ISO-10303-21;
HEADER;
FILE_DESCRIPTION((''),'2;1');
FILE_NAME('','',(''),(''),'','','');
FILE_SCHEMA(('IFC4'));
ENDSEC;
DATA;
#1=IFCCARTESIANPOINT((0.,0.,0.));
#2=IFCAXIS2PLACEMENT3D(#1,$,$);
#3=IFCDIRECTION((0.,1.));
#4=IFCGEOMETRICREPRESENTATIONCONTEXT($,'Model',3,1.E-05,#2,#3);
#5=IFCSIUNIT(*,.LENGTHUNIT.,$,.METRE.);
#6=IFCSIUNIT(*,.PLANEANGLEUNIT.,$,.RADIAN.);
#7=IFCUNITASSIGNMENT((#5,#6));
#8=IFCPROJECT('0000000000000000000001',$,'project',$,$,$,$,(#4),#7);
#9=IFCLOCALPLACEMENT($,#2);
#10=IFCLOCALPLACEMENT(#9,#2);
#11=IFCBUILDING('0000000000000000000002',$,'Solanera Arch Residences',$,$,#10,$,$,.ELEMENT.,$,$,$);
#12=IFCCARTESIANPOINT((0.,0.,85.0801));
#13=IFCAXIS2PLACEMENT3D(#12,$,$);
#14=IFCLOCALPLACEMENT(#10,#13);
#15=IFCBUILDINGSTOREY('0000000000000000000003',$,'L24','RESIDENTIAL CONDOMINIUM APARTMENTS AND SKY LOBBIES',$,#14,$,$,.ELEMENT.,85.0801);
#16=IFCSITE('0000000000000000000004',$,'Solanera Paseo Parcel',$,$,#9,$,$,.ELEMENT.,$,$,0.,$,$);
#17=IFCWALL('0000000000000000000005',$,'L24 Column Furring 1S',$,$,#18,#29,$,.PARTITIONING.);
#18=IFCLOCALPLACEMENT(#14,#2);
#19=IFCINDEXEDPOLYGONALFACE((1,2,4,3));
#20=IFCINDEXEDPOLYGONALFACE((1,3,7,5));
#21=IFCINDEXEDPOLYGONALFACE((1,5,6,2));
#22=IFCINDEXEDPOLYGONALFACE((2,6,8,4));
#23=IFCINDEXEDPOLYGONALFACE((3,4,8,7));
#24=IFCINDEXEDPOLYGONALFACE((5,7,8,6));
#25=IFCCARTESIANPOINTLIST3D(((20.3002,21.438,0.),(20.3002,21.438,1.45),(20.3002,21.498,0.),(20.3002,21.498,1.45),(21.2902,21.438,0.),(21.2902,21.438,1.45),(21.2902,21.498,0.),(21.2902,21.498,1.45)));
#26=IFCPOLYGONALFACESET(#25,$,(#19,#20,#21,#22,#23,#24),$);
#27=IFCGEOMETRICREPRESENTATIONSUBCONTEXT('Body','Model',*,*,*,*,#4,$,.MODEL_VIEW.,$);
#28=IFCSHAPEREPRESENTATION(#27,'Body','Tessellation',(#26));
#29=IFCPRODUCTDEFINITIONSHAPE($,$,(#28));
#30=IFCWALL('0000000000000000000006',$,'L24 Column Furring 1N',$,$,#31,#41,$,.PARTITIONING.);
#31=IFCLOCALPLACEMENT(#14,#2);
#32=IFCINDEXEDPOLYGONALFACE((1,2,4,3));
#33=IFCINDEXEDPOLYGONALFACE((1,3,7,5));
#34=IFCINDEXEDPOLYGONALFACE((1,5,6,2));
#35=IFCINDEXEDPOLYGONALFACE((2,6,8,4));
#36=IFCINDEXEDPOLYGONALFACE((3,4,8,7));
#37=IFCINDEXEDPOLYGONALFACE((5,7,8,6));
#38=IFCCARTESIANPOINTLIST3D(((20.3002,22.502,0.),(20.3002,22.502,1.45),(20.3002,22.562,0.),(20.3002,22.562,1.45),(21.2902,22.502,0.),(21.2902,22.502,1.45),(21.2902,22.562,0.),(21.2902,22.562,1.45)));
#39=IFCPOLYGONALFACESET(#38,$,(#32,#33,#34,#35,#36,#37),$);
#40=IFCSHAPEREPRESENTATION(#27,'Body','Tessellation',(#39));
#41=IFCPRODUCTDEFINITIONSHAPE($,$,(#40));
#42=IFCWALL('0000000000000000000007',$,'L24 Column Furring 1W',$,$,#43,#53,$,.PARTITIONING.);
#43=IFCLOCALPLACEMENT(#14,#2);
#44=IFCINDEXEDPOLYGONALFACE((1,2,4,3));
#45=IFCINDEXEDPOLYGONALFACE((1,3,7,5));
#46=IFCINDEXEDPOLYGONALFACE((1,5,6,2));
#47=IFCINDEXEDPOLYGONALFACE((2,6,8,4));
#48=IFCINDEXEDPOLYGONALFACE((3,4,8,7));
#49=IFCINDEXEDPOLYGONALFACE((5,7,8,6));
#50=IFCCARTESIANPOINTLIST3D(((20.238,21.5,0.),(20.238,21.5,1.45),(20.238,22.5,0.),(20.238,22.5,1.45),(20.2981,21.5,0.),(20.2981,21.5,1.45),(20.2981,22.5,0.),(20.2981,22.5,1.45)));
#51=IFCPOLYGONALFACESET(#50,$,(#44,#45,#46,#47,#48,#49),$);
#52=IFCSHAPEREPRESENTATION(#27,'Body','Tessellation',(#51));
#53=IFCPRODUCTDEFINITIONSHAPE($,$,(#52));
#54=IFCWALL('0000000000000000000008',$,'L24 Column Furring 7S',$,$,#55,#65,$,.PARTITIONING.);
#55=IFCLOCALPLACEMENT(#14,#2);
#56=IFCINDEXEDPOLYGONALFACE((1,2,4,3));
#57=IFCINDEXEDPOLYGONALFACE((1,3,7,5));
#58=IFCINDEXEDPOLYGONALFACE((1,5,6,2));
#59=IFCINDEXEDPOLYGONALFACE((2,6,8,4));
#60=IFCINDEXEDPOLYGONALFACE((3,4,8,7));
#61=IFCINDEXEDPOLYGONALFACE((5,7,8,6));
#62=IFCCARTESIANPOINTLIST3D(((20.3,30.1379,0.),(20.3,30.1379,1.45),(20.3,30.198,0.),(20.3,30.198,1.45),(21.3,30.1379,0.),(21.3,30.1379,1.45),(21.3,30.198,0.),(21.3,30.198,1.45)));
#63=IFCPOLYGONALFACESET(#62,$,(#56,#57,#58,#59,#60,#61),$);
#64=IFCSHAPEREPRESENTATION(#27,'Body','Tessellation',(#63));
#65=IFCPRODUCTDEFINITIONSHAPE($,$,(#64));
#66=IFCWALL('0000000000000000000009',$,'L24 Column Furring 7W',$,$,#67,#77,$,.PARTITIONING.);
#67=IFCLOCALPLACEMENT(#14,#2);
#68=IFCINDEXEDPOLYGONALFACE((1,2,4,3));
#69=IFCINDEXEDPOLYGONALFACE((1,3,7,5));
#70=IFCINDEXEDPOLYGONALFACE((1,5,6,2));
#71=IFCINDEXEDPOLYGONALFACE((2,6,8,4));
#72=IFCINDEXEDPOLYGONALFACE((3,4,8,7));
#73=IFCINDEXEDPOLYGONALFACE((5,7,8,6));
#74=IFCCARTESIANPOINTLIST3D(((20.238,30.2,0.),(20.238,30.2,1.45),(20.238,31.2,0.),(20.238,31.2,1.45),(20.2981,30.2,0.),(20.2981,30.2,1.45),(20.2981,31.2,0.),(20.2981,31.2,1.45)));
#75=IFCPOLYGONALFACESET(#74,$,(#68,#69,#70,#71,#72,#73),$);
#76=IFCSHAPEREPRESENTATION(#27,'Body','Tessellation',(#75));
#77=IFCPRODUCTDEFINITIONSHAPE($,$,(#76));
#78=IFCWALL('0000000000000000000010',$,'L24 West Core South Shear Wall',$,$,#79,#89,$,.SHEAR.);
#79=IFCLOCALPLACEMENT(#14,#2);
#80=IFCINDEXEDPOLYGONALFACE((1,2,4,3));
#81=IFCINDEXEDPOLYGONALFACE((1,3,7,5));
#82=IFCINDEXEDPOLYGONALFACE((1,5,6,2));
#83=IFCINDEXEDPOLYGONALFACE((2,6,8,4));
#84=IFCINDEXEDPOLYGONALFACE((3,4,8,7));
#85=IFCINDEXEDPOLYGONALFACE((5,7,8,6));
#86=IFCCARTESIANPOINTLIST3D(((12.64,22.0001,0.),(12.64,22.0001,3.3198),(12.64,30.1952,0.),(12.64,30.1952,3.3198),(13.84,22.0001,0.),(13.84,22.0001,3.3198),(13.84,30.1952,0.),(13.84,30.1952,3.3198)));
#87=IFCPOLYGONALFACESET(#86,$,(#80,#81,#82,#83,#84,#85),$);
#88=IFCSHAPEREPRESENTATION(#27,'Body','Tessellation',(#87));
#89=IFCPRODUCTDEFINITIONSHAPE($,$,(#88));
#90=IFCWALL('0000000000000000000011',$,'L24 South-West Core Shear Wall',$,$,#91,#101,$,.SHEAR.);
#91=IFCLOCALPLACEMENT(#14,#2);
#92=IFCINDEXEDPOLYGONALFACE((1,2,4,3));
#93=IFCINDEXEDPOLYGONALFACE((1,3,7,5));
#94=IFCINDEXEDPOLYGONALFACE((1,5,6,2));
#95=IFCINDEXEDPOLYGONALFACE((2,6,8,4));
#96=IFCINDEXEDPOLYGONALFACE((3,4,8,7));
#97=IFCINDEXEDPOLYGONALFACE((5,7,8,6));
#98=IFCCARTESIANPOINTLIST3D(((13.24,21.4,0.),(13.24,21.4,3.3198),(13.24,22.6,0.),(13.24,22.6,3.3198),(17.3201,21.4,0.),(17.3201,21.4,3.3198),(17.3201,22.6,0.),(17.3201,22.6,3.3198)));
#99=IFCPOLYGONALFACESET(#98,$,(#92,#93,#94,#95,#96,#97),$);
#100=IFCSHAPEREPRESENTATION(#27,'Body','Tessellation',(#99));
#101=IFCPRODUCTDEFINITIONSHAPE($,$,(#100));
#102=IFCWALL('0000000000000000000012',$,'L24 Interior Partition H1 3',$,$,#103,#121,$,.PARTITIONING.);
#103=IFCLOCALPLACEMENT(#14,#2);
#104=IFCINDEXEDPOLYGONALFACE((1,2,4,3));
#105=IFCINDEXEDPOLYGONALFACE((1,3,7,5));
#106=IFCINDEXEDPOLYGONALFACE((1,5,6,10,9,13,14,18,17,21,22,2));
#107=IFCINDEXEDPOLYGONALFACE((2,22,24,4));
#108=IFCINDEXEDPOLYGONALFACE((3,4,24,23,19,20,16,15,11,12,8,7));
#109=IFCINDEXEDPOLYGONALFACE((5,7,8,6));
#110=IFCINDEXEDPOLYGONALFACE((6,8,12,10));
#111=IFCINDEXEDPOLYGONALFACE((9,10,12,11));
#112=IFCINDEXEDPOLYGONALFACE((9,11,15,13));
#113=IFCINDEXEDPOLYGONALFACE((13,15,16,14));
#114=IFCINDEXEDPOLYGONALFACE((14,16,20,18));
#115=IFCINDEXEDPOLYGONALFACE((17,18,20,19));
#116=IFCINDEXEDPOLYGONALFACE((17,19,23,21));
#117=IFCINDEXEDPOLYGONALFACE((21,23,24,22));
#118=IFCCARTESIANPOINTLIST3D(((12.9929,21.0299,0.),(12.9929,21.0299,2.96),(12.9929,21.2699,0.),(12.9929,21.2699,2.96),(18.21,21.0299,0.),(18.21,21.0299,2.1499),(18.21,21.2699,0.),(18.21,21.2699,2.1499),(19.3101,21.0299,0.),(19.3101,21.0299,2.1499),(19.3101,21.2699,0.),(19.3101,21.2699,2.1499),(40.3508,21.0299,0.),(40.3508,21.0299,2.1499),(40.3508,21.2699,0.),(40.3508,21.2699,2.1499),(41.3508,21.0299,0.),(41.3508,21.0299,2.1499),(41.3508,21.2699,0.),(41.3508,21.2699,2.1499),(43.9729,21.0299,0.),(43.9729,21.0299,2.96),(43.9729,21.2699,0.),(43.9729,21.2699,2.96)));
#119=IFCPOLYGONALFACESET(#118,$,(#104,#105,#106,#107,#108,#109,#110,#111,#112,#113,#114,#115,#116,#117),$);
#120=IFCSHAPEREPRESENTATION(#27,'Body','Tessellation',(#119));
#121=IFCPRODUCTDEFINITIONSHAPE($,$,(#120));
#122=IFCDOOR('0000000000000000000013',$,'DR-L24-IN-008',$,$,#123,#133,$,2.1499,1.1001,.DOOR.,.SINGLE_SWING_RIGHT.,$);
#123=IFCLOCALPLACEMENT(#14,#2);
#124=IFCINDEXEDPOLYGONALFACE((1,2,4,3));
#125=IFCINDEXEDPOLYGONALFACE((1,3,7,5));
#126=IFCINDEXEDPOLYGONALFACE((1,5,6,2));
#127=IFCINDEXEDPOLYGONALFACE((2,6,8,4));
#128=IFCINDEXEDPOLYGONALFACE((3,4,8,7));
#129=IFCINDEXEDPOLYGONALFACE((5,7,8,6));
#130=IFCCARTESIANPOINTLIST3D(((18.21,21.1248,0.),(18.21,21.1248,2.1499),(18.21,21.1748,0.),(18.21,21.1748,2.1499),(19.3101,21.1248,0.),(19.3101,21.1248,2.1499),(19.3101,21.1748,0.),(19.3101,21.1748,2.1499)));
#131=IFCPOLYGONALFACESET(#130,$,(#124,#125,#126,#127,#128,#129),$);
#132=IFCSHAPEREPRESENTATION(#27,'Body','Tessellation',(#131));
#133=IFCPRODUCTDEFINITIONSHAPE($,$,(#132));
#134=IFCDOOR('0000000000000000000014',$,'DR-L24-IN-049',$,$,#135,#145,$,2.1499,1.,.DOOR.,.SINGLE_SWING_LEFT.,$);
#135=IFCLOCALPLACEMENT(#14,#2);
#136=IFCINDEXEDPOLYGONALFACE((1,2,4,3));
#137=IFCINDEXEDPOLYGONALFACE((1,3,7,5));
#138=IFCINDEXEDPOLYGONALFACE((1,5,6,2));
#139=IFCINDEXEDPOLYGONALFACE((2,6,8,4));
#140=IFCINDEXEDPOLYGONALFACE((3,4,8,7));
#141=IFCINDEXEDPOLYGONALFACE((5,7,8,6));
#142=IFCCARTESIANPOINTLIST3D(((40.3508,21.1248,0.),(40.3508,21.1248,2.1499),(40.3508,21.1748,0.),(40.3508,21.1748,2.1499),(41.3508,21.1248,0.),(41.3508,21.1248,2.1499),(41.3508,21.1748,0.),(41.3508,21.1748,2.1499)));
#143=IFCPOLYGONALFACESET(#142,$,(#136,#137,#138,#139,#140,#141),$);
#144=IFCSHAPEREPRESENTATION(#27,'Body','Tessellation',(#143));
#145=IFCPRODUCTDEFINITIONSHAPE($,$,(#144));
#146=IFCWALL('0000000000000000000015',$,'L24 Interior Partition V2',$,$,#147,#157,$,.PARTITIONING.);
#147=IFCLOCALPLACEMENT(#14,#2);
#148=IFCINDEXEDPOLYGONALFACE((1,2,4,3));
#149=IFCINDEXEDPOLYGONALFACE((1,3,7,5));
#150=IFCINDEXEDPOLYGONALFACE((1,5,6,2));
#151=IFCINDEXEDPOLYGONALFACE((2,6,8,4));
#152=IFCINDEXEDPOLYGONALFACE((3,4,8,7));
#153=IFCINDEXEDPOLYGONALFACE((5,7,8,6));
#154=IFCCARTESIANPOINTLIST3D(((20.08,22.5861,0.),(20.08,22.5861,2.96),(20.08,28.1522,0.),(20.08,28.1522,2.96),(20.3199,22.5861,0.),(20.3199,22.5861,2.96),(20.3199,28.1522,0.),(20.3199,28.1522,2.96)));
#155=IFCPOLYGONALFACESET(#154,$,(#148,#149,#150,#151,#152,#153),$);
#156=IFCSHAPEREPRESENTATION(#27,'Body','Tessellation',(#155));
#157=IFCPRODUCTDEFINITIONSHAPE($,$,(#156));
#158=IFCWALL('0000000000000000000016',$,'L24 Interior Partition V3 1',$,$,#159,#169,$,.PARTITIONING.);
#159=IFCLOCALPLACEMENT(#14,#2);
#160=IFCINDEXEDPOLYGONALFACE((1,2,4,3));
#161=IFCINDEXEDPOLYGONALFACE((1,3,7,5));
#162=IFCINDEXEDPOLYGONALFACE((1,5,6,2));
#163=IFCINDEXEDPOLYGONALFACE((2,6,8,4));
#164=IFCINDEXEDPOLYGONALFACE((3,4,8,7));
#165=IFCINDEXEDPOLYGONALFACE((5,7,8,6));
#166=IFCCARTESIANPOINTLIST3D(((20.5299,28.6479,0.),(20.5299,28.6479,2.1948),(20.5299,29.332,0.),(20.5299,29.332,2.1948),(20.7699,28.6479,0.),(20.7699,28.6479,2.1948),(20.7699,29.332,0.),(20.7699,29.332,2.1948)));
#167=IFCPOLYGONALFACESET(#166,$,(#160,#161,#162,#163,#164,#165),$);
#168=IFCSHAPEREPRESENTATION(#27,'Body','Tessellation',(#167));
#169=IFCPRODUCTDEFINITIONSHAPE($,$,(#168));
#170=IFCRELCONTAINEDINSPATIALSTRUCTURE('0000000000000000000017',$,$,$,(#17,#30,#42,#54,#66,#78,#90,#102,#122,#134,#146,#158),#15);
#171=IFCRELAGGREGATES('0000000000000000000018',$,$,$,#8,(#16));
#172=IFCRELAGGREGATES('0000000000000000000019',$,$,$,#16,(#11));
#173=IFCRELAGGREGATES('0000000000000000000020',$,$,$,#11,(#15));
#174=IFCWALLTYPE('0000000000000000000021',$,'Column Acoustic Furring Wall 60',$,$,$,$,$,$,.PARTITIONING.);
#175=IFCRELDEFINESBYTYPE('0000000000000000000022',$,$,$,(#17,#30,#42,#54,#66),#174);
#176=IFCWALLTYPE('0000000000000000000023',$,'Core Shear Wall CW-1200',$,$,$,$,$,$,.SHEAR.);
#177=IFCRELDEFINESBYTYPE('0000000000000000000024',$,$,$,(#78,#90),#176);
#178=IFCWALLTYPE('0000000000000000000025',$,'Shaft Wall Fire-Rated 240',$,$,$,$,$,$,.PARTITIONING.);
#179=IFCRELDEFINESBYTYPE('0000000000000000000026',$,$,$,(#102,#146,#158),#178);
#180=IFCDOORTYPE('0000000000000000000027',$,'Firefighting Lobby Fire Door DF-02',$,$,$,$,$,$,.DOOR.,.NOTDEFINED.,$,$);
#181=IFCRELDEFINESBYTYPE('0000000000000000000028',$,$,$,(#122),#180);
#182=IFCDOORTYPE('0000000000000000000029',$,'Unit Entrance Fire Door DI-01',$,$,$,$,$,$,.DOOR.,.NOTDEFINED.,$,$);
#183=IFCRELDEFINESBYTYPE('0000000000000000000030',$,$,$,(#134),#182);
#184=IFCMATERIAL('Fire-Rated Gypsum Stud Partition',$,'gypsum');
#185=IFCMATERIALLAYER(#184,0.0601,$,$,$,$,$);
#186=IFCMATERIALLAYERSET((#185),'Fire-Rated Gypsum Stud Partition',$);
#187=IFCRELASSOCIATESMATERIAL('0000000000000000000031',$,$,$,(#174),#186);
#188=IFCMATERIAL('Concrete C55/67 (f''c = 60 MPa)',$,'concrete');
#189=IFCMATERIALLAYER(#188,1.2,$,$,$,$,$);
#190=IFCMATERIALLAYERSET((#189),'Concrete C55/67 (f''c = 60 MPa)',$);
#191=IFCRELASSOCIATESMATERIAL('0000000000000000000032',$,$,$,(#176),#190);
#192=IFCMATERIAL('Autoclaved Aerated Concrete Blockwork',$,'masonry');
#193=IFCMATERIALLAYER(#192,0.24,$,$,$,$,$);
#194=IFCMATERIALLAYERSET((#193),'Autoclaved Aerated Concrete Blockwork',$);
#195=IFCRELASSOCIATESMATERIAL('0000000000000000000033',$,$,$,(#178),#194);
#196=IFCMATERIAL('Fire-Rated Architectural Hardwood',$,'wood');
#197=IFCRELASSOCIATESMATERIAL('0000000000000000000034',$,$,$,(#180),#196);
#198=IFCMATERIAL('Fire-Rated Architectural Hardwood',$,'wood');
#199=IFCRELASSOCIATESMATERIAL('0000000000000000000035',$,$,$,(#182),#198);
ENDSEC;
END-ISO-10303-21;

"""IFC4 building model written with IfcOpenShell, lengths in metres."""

from ifc_helpers import new_model, si_unit, direction, frame, frame_2d, origin, place, context, subcontext, project, spatial, rectangle, extrude, material, layer, layer_set, type_object, element, fill, save


model = new_model("IFC4")

# Units and contexts
model_context = context("Model", 3, precision=1e-05, world=origin(), true_north=direction((0.0, 1.0)))
body_context = subcontext(model_context, "Body", "Model", "MODEL_VIEW")
ifc_project = project(units=[si_unit("LENGTHUNIT", "METRE"), si_unit("PLANEANGLEUNIT", "RADIAN")], contexts=[model_context])

# Site, building, storey
site_placement = place(None, origin())
site = spatial("IfcSite", under=ifc_project, at=site_placement, Name="Solanera Paseo Parcel", CompositionType="ELEMENT", RefElevation=0.0)
building_placement = place(site_placement, origin())
building = spatial("IfcBuilding", under=site, at=building_placement, Name="Solanera Arch Residences", CompositionType="ELEMENT")
storey_placement = place(building_placement, frame((0.0, 0.0, 85.0801)))
storey = spatial("IfcBuildingStorey", under=building, at=storey_placement, Name="L24", Description="RESIDENTIAL CONDOMINIUM APARTMENTS AND SKY LOBBIES", CompositionType="ELEMENT", Elevation=85.0801)

# Walls
ifc_material_1 = material(Name="Fire-Rated Gypsum Stud Partition", Category="gypsum")
ifc_layer_1 = layer(ifc_material_1, 0.0601)
ifc_layer_set_1 = layer_set([ifc_layer_1], Name="Fire-Rated Gypsum Stud Partition")
wall_type_1 = type_object("IfcWallType", Name="Column Acoustic Furring Wall 60", PredefinedType="PARTITIONING", material=ifc_layer_set_1)
for number, where, z_axis, x_axis, name in (
    (1, (20.3, 21.468, 0.0), (0.0, 0.0, 1.0), (1.0, 0.0, 0.0), "L24 Column Furring 1S"),
    (2, (20.3, 22.532, 0.0), (0.0, 0.0, 1.0), (1.0, 0.0, 0.0), "L24 Column Furring 1N"),
):
    element("IfcWall", number, at=place(storey_placement, frame(where, z_axis=z_axis, x_axis=x_axis)), inside=storey, type_object=wall_type_1, Name=name, PredefinedType="PARTITIONING", context=body_context, shape_type="SweptSolid", body=[
        extrude(rectangle(XDim=0.99, YDim=0.0601, at=frame_2d((0.4951, 0.0))), origin(), (0.0, 0.0, 1.0), 1.45),
    ])
for number, where, z_axis, x_axis, name in (
    (3, (20.2681, 21.5, 0.0), (0.0, 0.0, 1.0), (0.0, 1.0, 0.0), "L24 Column Furring 1W"),
    (4, (20.3, 30.168, 0.0), (0.0, 0.0, 1.0), (1.0, 0.0, 0.0), "L24 Column Furring 7S"),
    (5, (20.2681, 30.2, 0.0), (0.0, 0.0, 1.0), (0.0, 1.0, 0.0), "L24 Column Furring 7W"),
):
    element("IfcWall", number, at=place(storey_placement, frame(where, z_axis=z_axis, x_axis=x_axis)), inside=storey, type_object=wall_type_1, Name=name, PredefinedType="PARTITIONING", context=body_context, shape_type="SweptSolid", body=[
        extrude(rectangle(XDim=1.0, YDim=0.0601, at=frame_2d((0.5, 0.0))), origin(), (0.0, 0.0, 1.0), 1.45),
    ])
ifc_material_2 = material(Name="Concrete C55/67 (f'c = 60 MPa)", Category="concrete")
ifc_layer_2 = layer(ifc_material_2, 1.2)
ifc_layer_set_2 = layer_set([ifc_layer_2], Name="Concrete C55/67 (f'c = 60 MPa)")
wall_type_2 = type_object("IfcWallType", Name="Core Shear Wall CW-1200", PredefinedType="SHEAR", material=ifc_layer_set_2)
wall_1_placement = place(storey_placement, frame((13.24, 22.0, 0.0), z_axis=(0.0, 0.0, 1.0), x_axis=(0.0, 1.0, 0.0)))
element("IfcWall", 6, at=wall_1_placement, inside=storey, type_object=wall_type_2, Name="L24 West Core South Shear Wall", PredefinedType="SHEAR", context=body_context, shape_type="SweptSolid", body=[
    extrude(rectangle(XDim=8.1951, YDim=1.2, at=frame_2d((4.0977, 0.0))), origin(), (0.0, 0.0, 1.0), 3.3198),
])
wall_2_placement = place(storey_placement, frame((13.24, 22.0, 0.0), z_axis=(0.0, 0.0, 1.0), x_axis=(1.0, 0.0, 0.0)))
element("IfcWall", 7, at=wall_2_placement, inside=storey, type_object=wall_type_2, Name="L24 South-West Core Shear Wall", PredefinedType="SHEAR", context=body_context, shape_type="SweptSolid", body=[
    extrude(rectangle(XDim=4.0801, YDim=1.2, at=frame_2d((2.04, 0.0))), origin(), (0.0, 0.0, 1.0), 3.3198),
])

# Wall, openings, doors
ifc_material_3 = material(Name="Autoclaved Aerated Concrete Blockwork", Category="masonry")
ifc_layer_3 = layer(ifc_material_3, 0.24)
ifc_layer_set_3 = layer_set([ifc_layer_3], Name="Autoclaved Aerated Concrete Blockwork")
wall_type_3 = type_object("IfcWallType", Name="Shaft Wall Fire-Rated 240", PredefinedType="PARTITIONING", material=ifc_layer_set_3)
wall_3_placement = place(storey_placement, frame((12.9929, 21.1499, 0.0), z_axis=(0.0, 0.0, 1.0), x_axis=(1.0, 0.0, 0.0)))
wall_3 = element("IfcWall", 8, at=wall_3_placement, inside=storey, type_object=wall_type_3, Name="L24 Interior Partition H1 3", PredefinedType="PARTITIONING", context=body_context, shape_type="SweptSolid", body=[
    extrude(rectangle(XDim=30.98, YDim=0.24, at=frame_2d((15.49, 0.0))), origin(), (0.0, 0.0, 1.0), 2.96),
])
opening_1_placement = place(wall_3_placement, frame((5.217, 0.0, 0.0)))
opening_1 = element("IfcOpeningElement", 9, at=opening_1_placement, cuts=wall_3, PredefinedType="OPENING", context=body_context, shape_type="SweptSolid", body=[
    extrude(rectangle(XDim=1.1001, YDim=2.1499, at=frame_2d((0.55, 1.075))), frame((0.0, 0.1299, 0.0), z_axis=(0.0, -1.0, 0.0), x_axis=(1.0, 0.0, 0.0)), (0.0, 0.0, 1.0), 0.26),
])
opening_2_placement = place(wall_3_placement, frame((27.3579, 0.0, 0.0)))
opening_2 = element("IfcOpeningElement", 10, at=opening_2_placement, cuts=wall_3, PredefinedType="OPENING", context=body_context, shape_type="SweptSolid", body=[
    extrude(rectangle(XDim=1.0, YDim=2.1499, at=frame_2d((0.5, 1.075))), frame((0.0, 0.1299, 0.0), z_axis=(0.0, -1.0, 0.0), x_axis=(1.0, 0.0, 0.0)), (0.0, 0.0, 1.0), 0.26),
])
ifc_material_4 = material(Name="Fire-Rated Architectural Hardwood", Category="wood")
door_type_1 = type_object("IfcDoorType", Name="Firefighting Lobby Fire Door DF-02", OperationType="NOTDEFINED", PredefinedType="DOOR", material=ifc_material_4)
door_1_placement = place(opening_1_placement, origin())
door_1 = element("IfcDoor", 11, at=door_1_placement, inside=storey, type_object=door_type_1, Name="DR-L24-IN-008", OperationType="SINGLE_SWING_RIGHT", OverallHeight=2.1499, OverallWidth=1.1001, PredefinedType="DOOR", context=body_context, shape_type="SweptSolid", body=[
    extrude(rectangle(XDim=1.1001, YDim=2.1499, at=frame_2d((0.55, 1.075))), frame((0.0, 0.0249, 0.0), z_axis=(0.0, -1.0, 0.0), x_axis=(1.0, 0.0, 0.0)), (0.0, 0.0, 1.0), 0.05),
])
fill(opening_1, door_1)
ifc_material_5 = material(Name="Fire-Rated Architectural Hardwood", Category="wood")
door_type_2 = type_object("IfcDoorType", Name="Unit Entrance Fire Door DI-01", OperationType="NOTDEFINED", PredefinedType="DOOR", material=ifc_material_5)
door_2_placement = place(opening_2_placement, origin())
door_2 = element("IfcDoor", 12, at=door_2_placement, inside=storey, type_object=door_type_2, Name="DR-L24-IN-049", OperationType="SINGLE_SWING_LEFT", OverallHeight=2.1499, OverallWidth=1.0, PredefinedType="DOOR", context=body_context, shape_type="SweptSolid", body=[
    extrude(rectangle(XDim=1.0, YDim=2.1499, at=frame_2d((0.5, 1.075))), frame((0.0, 0.0249, 0.0), z_axis=(0.0, -1.0, 0.0), x_axis=(1.0, 0.0, 0.0)), (0.0, 0.0, 1.0), 0.05),
])
fill(opening_2, door_2)

# Walls
wall_4_placement = place(storey_placement, frame((20.2, 22.5859, 0.0), z_axis=(0.0, 0.0, 1.0), x_axis=(0.0, 1.0, 0.0)))
element("IfcWall", 13, at=wall_4_placement, inside=storey, type_object=wall_type_3, Name="L24 Interior Partition V2", PredefinedType="PARTITIONING", context=body_context, shape_type="SweptSolid", body=[
    extrude(rectangle(XDim=5.5662, YDim=0.24, at=frame_2d((2.7832, 0.0))), origin(), (0.0, 0.0, 1.0), 2.96),
])
wall_5_placement = place(storey_placement, frame((20.6499, 28.6479, 0.0), z_axis=(0.0, 0.0, 1.0), x_axis=(0.0, 1.0, 0.0)))
element("IfcWall", 14, at=wall_5_placement, inside=storey, type_object=wall_type_3, Name="L24 Interior Partition V3 1", PredefinedType="PARTITIONING", context=body_context, shape_type="SweptSolid", body=[
    extrude(rectangle(XDim=0.6841, YDim=0.24, at=frame_2d((0.342, 0.0))), origin(), (0.0, 0.0, 1.0), 2.1948),
])

save(model, "model.ifc")
